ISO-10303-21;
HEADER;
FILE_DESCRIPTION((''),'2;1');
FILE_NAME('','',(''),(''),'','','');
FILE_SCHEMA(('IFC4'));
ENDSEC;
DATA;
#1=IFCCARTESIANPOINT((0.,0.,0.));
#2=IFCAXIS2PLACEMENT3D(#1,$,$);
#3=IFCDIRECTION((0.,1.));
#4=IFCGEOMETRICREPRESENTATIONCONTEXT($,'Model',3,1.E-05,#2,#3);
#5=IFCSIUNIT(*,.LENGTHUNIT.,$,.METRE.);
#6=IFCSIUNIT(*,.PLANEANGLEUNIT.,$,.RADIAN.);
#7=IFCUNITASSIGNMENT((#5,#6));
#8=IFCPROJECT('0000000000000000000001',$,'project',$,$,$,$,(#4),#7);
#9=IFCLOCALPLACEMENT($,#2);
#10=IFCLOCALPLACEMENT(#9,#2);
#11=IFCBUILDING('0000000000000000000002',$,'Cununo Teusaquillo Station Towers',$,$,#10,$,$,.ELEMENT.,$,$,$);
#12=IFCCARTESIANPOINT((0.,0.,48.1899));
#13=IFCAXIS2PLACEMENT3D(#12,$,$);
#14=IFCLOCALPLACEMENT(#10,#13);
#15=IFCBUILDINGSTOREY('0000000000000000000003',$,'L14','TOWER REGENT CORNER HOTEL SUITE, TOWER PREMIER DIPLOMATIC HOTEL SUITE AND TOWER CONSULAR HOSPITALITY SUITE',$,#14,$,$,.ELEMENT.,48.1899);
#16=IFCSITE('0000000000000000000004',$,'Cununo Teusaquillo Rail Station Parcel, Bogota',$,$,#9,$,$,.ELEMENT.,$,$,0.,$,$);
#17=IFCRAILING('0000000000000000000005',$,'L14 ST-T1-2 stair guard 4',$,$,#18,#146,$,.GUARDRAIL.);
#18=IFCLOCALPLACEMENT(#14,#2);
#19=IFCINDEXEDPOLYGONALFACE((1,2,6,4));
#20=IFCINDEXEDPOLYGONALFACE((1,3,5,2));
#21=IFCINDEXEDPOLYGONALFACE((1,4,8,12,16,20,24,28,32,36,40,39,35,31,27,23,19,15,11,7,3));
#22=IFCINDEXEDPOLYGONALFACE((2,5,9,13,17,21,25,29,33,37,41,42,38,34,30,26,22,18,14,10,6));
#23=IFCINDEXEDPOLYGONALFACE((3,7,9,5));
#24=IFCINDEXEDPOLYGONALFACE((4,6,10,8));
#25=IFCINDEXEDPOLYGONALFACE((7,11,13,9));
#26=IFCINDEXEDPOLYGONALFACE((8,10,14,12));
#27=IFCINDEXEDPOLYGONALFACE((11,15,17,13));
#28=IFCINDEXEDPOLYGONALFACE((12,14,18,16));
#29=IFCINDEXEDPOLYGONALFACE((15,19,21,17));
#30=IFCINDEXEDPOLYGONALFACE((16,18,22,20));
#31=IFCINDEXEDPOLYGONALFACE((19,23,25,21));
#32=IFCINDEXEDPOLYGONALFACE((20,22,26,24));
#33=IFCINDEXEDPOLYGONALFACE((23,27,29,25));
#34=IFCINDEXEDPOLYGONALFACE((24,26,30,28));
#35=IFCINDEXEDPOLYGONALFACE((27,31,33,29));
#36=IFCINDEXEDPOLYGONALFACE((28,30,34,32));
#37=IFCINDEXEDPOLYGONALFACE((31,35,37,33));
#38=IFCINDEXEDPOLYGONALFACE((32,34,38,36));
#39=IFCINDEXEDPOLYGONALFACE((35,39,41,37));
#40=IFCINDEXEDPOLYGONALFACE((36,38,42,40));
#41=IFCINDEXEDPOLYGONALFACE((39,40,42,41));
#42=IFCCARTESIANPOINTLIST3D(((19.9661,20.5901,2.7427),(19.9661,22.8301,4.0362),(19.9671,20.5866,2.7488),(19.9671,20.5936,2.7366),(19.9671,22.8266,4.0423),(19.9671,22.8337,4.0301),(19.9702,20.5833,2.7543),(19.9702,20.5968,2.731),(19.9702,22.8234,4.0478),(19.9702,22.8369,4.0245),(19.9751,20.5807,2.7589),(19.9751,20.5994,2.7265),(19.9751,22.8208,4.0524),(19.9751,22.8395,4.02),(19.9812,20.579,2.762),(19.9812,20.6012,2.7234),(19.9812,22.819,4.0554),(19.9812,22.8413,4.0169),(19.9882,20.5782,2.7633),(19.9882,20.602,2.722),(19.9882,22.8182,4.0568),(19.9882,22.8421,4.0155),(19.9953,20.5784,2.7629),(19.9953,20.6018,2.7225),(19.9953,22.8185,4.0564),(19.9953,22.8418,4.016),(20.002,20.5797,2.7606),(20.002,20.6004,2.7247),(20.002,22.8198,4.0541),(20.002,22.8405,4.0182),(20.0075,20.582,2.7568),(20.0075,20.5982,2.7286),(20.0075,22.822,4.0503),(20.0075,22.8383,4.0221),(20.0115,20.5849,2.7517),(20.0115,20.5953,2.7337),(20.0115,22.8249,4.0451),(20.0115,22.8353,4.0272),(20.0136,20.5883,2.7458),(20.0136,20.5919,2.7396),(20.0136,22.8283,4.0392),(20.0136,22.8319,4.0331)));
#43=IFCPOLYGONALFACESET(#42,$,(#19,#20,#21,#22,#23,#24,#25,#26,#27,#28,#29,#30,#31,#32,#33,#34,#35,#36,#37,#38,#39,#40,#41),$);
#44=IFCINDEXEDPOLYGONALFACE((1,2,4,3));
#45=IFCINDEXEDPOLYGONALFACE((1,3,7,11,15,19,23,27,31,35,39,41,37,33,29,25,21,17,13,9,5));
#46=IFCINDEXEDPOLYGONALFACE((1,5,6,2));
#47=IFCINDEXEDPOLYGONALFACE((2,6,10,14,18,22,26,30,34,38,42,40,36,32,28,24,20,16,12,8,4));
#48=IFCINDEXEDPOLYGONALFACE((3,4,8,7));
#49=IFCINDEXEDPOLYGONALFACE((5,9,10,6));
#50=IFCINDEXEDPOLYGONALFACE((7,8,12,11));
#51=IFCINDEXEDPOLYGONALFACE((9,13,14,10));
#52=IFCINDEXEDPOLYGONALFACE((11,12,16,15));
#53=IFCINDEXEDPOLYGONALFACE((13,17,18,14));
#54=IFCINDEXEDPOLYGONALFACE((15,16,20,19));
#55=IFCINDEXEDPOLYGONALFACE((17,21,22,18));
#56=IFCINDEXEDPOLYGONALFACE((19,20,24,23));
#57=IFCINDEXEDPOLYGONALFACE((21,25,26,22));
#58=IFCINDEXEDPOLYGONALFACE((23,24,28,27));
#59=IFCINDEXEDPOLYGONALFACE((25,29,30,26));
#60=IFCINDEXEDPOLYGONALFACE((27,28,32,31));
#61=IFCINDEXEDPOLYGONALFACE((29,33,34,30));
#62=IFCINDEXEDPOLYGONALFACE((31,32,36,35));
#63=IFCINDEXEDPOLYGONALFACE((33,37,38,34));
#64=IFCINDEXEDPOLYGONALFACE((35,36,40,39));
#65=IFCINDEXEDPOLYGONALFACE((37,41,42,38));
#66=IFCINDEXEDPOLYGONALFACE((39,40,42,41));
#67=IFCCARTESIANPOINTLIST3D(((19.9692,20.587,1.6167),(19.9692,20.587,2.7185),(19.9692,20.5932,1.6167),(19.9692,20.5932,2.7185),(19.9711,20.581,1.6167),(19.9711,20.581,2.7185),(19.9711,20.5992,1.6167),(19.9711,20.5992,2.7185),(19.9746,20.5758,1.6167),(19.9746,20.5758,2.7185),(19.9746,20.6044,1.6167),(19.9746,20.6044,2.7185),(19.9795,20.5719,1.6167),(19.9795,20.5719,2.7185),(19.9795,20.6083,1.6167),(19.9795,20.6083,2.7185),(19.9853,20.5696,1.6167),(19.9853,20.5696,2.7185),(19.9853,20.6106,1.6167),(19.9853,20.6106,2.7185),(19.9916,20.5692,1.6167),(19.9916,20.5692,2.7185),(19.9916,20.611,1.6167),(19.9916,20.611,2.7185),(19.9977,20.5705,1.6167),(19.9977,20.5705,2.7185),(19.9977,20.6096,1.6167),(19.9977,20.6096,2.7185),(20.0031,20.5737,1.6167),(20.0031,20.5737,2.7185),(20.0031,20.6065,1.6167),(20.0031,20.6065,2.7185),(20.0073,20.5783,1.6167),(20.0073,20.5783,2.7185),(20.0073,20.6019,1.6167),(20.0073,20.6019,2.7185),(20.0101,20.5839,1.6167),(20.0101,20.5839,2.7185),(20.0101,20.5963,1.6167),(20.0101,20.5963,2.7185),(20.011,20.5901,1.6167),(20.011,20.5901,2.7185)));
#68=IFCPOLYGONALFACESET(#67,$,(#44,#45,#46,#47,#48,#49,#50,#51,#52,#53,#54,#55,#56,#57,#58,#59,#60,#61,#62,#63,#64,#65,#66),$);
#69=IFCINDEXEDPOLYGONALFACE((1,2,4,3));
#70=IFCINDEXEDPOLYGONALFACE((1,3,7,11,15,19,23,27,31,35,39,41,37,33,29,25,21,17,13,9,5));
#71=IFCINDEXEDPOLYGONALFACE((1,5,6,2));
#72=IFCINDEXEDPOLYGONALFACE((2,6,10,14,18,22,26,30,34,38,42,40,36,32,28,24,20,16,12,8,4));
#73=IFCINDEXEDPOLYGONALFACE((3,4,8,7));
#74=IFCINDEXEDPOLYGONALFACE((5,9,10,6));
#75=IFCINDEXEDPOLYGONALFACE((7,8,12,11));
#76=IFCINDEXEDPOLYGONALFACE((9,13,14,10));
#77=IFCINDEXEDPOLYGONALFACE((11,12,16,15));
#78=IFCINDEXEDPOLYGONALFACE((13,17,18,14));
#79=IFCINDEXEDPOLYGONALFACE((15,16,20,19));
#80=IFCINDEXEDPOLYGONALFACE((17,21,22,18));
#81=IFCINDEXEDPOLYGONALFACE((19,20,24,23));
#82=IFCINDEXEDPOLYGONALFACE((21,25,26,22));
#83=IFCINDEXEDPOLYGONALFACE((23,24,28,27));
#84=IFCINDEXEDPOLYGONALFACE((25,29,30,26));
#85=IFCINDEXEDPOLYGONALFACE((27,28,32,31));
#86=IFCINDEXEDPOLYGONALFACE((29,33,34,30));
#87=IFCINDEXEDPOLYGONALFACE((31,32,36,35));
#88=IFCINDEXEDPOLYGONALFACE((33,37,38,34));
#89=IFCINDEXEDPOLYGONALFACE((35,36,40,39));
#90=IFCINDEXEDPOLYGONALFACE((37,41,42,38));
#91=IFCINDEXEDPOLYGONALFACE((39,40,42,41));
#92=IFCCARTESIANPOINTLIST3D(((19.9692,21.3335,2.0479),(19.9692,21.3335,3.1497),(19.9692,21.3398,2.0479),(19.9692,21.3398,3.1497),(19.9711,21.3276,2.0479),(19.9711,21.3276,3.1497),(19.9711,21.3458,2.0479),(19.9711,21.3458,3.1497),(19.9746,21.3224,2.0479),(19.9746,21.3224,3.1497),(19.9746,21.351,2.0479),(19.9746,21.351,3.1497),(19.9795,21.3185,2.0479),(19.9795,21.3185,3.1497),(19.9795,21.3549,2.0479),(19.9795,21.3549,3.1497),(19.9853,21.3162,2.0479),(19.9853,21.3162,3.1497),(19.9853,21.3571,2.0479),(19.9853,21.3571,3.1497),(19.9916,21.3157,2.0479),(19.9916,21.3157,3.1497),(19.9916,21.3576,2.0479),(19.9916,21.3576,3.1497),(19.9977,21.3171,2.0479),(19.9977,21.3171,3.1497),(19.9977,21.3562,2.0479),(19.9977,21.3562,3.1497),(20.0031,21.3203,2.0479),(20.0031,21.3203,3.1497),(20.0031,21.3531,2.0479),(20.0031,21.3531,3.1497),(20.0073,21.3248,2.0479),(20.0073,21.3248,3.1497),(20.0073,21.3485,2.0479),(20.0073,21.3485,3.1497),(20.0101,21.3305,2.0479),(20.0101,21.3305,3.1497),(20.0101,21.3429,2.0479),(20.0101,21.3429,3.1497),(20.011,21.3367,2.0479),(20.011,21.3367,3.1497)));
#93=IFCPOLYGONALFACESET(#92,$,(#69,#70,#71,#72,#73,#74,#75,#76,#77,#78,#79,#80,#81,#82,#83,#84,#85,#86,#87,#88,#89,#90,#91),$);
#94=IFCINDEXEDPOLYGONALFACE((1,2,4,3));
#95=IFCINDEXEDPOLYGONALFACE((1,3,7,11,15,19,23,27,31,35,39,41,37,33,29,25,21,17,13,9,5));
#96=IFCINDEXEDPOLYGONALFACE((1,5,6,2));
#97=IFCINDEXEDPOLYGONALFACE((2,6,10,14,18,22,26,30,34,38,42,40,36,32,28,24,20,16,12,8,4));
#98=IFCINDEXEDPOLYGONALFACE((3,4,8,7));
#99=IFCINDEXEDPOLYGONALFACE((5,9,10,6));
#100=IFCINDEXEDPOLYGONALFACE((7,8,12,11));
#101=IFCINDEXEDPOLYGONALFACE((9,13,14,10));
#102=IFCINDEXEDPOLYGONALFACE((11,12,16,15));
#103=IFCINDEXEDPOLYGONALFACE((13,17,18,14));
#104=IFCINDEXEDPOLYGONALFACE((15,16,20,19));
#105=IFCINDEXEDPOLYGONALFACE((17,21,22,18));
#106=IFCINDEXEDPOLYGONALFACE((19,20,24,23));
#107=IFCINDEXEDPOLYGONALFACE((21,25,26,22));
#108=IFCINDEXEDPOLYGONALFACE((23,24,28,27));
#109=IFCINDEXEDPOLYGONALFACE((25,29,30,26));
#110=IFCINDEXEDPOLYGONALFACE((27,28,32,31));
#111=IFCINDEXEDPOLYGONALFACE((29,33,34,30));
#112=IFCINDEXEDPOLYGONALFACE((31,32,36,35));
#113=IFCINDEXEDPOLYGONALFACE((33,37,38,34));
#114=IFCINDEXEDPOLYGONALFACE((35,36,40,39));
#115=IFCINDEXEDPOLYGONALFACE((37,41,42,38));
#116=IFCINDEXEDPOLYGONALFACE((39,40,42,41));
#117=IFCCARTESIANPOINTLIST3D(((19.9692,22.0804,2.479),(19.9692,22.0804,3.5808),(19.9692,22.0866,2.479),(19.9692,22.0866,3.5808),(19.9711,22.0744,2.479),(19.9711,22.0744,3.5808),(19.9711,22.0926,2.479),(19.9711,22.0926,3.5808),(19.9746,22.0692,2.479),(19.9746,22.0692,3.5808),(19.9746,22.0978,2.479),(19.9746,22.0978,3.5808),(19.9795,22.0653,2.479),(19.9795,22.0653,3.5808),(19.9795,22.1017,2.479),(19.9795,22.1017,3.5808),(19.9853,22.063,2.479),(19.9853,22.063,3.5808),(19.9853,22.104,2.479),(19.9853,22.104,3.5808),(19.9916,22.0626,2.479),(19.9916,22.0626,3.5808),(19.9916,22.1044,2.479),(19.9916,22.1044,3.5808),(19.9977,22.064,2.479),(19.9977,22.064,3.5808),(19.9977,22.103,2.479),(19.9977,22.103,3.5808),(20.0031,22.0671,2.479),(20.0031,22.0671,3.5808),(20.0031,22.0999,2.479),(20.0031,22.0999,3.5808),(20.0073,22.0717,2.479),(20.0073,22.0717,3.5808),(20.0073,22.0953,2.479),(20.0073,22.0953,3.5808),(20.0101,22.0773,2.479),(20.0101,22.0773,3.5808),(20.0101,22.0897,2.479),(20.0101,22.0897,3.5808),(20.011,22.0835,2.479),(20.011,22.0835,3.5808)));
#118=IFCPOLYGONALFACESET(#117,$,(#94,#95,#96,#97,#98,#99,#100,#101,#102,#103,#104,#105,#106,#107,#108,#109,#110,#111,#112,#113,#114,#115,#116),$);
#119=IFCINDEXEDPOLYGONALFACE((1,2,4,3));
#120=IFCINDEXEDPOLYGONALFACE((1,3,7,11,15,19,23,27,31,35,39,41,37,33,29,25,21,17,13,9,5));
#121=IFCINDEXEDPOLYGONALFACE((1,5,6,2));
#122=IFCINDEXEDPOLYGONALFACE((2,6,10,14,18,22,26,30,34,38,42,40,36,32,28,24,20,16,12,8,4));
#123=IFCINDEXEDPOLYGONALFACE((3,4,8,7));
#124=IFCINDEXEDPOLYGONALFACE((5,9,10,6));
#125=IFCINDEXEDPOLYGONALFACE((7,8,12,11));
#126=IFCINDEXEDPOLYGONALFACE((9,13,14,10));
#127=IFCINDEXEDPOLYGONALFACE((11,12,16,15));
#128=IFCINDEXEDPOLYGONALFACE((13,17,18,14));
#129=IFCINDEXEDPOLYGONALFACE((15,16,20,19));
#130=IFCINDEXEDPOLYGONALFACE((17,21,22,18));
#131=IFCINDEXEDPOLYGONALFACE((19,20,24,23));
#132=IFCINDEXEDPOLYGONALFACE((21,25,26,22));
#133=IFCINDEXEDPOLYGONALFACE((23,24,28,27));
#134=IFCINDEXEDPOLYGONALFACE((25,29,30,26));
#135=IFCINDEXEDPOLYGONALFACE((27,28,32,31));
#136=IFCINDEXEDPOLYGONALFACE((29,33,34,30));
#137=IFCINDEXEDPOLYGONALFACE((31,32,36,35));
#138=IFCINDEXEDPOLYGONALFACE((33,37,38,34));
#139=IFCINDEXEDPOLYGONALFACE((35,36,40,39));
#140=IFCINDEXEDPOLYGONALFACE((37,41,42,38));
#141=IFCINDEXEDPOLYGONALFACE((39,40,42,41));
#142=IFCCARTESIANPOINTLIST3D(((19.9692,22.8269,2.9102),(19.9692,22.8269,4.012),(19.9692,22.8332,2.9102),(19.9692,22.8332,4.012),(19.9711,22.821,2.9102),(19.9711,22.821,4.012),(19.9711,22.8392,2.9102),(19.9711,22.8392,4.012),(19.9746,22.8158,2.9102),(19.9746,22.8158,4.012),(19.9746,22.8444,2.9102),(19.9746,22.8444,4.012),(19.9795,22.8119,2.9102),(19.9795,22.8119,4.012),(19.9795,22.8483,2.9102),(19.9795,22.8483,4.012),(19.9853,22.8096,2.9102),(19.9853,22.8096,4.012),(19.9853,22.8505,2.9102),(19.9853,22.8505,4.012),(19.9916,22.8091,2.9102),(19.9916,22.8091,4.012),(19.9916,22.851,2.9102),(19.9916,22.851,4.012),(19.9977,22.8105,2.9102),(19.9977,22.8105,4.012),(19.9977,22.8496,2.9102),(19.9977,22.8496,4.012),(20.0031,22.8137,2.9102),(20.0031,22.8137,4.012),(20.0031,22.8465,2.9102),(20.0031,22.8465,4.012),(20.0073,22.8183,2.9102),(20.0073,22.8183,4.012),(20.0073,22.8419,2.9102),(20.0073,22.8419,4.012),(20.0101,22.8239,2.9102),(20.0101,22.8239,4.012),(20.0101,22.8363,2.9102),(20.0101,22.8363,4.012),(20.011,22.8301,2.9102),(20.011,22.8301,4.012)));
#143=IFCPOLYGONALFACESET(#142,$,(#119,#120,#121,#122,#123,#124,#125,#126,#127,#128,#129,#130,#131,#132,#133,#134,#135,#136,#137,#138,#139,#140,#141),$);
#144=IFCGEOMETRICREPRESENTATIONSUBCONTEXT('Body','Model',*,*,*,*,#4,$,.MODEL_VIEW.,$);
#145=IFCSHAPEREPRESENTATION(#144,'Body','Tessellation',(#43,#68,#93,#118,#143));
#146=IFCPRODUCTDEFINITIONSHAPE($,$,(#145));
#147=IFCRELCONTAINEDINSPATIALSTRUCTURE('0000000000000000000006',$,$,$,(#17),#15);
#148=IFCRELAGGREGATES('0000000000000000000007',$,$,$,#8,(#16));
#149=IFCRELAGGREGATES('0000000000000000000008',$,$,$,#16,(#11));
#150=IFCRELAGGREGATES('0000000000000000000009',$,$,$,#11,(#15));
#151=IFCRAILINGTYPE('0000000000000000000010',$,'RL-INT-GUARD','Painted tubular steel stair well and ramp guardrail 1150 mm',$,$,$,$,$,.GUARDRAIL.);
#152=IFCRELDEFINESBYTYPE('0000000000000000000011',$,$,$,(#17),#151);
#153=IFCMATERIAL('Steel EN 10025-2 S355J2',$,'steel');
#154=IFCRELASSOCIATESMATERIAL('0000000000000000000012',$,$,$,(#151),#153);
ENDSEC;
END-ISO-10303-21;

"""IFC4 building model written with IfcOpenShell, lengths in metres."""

from ifc_helpers import new_model, si_unit, direction, frame, origin, origin_2d, place, context, subcontext, project, spatial, circle, extrude, material, type_object, element, save


model = new_model("IFC4")

# Units and contexts
model_context = context("Model", 3, precision=1e-05, world=origin(), true_north=direction((0.0, 1.0)))
body_context = subcontext(model_context, "Body", "Model", "MODEL_VIEW")
ifc_project = project(units=[si_unit("LENGTHUNIT", "METRE"), si_unit("PLANEANGLEUNIT", "RADIAN")], contexts=[model_context])

# Site, building, storey
site_placement = place(None, origin())
site = spatial("IfcSite", under=ifc_project, at=site_placement, Name="Cununo Teusaquillo Rail Station Parcel, Bogota", CompositionType="ELEMENT", RefElevation=0.0)
building_placement = place(site_placement, origin())
building = spatial("IfcBuilding", under=site, at=building_placement, Name="Cununo Teusaquillo Station Towers", CompositionType="ELEMENT")
storey_placement = place(building_placement, frame((0.0, 0.0, 48.1899)))
storey = spatial("IfcBuildingStorey", under=building, at=storey_placement, Name="L14", Description="TOWER REGENT CORNER HOTEL SUITE, TOWER PREMIER DIPLOMATIC HOTEL SUITE AND TOWER CONSULAR HOSPITALITY SUITE", CompositionType="ELEMENT", Elevation=48.1899)

# Railing
ifc_material_1 = material(Name="Steel EN 10025-2 S355J2", Category="steel")
railing_type_1 = type_object("IfcRailingType", Name="RL-INT-GUARD", Description="Painted tubular steel stair well and ramp guardrail 1150 mm", PredefinedType="GUARDRAIL", material=ifc_material_1)
railing_1_placement = place(storey_placement, frame((19.99, 20.5901, 1.6167)))
element("IfcRailing", 1, at=railing_1_placement, inside=storey, type_object=railing_type_1, Name="L14 ST-T1-2 stair guard 4", PredefinedType="GUARDRAIL", context=body_context, shape_type="SweptSolid", body=[
    extrude(circle(Radius=0.0239, at=origin_2d()), frame((0.0, 0.0, 1.126), z_axis=(0.0, 0.865992, 0.500057), x_axis=(-1.0, 0.0, 0.0)), (0.0, 0.0, 1.0), 2.5867),
    extrude(circle(Radius=0.021, at=origin_2d()), origin(), (0.0, 0.0, 1.0), 1.1018),
    extrude(circle(Radius=0.021, at=origin_2d()), frame((0.0, 0.7466, 0.4312)), (0.0, 0.0, 1.0), 1.1018),
    extrude(circle(Radius=0.021, at=origin_2d()), frame((0.0, 1.4934, 0.8623)), (0.0, 0.0, 1.0), 1.1018),
    extrude(circle(Radius=0.021, at=origin_2d()), frame((0.0, 2.24, 1.2935)), (0.0, 0.0, 1.0), 1.1018),
])

save(model, "model.ifc")
